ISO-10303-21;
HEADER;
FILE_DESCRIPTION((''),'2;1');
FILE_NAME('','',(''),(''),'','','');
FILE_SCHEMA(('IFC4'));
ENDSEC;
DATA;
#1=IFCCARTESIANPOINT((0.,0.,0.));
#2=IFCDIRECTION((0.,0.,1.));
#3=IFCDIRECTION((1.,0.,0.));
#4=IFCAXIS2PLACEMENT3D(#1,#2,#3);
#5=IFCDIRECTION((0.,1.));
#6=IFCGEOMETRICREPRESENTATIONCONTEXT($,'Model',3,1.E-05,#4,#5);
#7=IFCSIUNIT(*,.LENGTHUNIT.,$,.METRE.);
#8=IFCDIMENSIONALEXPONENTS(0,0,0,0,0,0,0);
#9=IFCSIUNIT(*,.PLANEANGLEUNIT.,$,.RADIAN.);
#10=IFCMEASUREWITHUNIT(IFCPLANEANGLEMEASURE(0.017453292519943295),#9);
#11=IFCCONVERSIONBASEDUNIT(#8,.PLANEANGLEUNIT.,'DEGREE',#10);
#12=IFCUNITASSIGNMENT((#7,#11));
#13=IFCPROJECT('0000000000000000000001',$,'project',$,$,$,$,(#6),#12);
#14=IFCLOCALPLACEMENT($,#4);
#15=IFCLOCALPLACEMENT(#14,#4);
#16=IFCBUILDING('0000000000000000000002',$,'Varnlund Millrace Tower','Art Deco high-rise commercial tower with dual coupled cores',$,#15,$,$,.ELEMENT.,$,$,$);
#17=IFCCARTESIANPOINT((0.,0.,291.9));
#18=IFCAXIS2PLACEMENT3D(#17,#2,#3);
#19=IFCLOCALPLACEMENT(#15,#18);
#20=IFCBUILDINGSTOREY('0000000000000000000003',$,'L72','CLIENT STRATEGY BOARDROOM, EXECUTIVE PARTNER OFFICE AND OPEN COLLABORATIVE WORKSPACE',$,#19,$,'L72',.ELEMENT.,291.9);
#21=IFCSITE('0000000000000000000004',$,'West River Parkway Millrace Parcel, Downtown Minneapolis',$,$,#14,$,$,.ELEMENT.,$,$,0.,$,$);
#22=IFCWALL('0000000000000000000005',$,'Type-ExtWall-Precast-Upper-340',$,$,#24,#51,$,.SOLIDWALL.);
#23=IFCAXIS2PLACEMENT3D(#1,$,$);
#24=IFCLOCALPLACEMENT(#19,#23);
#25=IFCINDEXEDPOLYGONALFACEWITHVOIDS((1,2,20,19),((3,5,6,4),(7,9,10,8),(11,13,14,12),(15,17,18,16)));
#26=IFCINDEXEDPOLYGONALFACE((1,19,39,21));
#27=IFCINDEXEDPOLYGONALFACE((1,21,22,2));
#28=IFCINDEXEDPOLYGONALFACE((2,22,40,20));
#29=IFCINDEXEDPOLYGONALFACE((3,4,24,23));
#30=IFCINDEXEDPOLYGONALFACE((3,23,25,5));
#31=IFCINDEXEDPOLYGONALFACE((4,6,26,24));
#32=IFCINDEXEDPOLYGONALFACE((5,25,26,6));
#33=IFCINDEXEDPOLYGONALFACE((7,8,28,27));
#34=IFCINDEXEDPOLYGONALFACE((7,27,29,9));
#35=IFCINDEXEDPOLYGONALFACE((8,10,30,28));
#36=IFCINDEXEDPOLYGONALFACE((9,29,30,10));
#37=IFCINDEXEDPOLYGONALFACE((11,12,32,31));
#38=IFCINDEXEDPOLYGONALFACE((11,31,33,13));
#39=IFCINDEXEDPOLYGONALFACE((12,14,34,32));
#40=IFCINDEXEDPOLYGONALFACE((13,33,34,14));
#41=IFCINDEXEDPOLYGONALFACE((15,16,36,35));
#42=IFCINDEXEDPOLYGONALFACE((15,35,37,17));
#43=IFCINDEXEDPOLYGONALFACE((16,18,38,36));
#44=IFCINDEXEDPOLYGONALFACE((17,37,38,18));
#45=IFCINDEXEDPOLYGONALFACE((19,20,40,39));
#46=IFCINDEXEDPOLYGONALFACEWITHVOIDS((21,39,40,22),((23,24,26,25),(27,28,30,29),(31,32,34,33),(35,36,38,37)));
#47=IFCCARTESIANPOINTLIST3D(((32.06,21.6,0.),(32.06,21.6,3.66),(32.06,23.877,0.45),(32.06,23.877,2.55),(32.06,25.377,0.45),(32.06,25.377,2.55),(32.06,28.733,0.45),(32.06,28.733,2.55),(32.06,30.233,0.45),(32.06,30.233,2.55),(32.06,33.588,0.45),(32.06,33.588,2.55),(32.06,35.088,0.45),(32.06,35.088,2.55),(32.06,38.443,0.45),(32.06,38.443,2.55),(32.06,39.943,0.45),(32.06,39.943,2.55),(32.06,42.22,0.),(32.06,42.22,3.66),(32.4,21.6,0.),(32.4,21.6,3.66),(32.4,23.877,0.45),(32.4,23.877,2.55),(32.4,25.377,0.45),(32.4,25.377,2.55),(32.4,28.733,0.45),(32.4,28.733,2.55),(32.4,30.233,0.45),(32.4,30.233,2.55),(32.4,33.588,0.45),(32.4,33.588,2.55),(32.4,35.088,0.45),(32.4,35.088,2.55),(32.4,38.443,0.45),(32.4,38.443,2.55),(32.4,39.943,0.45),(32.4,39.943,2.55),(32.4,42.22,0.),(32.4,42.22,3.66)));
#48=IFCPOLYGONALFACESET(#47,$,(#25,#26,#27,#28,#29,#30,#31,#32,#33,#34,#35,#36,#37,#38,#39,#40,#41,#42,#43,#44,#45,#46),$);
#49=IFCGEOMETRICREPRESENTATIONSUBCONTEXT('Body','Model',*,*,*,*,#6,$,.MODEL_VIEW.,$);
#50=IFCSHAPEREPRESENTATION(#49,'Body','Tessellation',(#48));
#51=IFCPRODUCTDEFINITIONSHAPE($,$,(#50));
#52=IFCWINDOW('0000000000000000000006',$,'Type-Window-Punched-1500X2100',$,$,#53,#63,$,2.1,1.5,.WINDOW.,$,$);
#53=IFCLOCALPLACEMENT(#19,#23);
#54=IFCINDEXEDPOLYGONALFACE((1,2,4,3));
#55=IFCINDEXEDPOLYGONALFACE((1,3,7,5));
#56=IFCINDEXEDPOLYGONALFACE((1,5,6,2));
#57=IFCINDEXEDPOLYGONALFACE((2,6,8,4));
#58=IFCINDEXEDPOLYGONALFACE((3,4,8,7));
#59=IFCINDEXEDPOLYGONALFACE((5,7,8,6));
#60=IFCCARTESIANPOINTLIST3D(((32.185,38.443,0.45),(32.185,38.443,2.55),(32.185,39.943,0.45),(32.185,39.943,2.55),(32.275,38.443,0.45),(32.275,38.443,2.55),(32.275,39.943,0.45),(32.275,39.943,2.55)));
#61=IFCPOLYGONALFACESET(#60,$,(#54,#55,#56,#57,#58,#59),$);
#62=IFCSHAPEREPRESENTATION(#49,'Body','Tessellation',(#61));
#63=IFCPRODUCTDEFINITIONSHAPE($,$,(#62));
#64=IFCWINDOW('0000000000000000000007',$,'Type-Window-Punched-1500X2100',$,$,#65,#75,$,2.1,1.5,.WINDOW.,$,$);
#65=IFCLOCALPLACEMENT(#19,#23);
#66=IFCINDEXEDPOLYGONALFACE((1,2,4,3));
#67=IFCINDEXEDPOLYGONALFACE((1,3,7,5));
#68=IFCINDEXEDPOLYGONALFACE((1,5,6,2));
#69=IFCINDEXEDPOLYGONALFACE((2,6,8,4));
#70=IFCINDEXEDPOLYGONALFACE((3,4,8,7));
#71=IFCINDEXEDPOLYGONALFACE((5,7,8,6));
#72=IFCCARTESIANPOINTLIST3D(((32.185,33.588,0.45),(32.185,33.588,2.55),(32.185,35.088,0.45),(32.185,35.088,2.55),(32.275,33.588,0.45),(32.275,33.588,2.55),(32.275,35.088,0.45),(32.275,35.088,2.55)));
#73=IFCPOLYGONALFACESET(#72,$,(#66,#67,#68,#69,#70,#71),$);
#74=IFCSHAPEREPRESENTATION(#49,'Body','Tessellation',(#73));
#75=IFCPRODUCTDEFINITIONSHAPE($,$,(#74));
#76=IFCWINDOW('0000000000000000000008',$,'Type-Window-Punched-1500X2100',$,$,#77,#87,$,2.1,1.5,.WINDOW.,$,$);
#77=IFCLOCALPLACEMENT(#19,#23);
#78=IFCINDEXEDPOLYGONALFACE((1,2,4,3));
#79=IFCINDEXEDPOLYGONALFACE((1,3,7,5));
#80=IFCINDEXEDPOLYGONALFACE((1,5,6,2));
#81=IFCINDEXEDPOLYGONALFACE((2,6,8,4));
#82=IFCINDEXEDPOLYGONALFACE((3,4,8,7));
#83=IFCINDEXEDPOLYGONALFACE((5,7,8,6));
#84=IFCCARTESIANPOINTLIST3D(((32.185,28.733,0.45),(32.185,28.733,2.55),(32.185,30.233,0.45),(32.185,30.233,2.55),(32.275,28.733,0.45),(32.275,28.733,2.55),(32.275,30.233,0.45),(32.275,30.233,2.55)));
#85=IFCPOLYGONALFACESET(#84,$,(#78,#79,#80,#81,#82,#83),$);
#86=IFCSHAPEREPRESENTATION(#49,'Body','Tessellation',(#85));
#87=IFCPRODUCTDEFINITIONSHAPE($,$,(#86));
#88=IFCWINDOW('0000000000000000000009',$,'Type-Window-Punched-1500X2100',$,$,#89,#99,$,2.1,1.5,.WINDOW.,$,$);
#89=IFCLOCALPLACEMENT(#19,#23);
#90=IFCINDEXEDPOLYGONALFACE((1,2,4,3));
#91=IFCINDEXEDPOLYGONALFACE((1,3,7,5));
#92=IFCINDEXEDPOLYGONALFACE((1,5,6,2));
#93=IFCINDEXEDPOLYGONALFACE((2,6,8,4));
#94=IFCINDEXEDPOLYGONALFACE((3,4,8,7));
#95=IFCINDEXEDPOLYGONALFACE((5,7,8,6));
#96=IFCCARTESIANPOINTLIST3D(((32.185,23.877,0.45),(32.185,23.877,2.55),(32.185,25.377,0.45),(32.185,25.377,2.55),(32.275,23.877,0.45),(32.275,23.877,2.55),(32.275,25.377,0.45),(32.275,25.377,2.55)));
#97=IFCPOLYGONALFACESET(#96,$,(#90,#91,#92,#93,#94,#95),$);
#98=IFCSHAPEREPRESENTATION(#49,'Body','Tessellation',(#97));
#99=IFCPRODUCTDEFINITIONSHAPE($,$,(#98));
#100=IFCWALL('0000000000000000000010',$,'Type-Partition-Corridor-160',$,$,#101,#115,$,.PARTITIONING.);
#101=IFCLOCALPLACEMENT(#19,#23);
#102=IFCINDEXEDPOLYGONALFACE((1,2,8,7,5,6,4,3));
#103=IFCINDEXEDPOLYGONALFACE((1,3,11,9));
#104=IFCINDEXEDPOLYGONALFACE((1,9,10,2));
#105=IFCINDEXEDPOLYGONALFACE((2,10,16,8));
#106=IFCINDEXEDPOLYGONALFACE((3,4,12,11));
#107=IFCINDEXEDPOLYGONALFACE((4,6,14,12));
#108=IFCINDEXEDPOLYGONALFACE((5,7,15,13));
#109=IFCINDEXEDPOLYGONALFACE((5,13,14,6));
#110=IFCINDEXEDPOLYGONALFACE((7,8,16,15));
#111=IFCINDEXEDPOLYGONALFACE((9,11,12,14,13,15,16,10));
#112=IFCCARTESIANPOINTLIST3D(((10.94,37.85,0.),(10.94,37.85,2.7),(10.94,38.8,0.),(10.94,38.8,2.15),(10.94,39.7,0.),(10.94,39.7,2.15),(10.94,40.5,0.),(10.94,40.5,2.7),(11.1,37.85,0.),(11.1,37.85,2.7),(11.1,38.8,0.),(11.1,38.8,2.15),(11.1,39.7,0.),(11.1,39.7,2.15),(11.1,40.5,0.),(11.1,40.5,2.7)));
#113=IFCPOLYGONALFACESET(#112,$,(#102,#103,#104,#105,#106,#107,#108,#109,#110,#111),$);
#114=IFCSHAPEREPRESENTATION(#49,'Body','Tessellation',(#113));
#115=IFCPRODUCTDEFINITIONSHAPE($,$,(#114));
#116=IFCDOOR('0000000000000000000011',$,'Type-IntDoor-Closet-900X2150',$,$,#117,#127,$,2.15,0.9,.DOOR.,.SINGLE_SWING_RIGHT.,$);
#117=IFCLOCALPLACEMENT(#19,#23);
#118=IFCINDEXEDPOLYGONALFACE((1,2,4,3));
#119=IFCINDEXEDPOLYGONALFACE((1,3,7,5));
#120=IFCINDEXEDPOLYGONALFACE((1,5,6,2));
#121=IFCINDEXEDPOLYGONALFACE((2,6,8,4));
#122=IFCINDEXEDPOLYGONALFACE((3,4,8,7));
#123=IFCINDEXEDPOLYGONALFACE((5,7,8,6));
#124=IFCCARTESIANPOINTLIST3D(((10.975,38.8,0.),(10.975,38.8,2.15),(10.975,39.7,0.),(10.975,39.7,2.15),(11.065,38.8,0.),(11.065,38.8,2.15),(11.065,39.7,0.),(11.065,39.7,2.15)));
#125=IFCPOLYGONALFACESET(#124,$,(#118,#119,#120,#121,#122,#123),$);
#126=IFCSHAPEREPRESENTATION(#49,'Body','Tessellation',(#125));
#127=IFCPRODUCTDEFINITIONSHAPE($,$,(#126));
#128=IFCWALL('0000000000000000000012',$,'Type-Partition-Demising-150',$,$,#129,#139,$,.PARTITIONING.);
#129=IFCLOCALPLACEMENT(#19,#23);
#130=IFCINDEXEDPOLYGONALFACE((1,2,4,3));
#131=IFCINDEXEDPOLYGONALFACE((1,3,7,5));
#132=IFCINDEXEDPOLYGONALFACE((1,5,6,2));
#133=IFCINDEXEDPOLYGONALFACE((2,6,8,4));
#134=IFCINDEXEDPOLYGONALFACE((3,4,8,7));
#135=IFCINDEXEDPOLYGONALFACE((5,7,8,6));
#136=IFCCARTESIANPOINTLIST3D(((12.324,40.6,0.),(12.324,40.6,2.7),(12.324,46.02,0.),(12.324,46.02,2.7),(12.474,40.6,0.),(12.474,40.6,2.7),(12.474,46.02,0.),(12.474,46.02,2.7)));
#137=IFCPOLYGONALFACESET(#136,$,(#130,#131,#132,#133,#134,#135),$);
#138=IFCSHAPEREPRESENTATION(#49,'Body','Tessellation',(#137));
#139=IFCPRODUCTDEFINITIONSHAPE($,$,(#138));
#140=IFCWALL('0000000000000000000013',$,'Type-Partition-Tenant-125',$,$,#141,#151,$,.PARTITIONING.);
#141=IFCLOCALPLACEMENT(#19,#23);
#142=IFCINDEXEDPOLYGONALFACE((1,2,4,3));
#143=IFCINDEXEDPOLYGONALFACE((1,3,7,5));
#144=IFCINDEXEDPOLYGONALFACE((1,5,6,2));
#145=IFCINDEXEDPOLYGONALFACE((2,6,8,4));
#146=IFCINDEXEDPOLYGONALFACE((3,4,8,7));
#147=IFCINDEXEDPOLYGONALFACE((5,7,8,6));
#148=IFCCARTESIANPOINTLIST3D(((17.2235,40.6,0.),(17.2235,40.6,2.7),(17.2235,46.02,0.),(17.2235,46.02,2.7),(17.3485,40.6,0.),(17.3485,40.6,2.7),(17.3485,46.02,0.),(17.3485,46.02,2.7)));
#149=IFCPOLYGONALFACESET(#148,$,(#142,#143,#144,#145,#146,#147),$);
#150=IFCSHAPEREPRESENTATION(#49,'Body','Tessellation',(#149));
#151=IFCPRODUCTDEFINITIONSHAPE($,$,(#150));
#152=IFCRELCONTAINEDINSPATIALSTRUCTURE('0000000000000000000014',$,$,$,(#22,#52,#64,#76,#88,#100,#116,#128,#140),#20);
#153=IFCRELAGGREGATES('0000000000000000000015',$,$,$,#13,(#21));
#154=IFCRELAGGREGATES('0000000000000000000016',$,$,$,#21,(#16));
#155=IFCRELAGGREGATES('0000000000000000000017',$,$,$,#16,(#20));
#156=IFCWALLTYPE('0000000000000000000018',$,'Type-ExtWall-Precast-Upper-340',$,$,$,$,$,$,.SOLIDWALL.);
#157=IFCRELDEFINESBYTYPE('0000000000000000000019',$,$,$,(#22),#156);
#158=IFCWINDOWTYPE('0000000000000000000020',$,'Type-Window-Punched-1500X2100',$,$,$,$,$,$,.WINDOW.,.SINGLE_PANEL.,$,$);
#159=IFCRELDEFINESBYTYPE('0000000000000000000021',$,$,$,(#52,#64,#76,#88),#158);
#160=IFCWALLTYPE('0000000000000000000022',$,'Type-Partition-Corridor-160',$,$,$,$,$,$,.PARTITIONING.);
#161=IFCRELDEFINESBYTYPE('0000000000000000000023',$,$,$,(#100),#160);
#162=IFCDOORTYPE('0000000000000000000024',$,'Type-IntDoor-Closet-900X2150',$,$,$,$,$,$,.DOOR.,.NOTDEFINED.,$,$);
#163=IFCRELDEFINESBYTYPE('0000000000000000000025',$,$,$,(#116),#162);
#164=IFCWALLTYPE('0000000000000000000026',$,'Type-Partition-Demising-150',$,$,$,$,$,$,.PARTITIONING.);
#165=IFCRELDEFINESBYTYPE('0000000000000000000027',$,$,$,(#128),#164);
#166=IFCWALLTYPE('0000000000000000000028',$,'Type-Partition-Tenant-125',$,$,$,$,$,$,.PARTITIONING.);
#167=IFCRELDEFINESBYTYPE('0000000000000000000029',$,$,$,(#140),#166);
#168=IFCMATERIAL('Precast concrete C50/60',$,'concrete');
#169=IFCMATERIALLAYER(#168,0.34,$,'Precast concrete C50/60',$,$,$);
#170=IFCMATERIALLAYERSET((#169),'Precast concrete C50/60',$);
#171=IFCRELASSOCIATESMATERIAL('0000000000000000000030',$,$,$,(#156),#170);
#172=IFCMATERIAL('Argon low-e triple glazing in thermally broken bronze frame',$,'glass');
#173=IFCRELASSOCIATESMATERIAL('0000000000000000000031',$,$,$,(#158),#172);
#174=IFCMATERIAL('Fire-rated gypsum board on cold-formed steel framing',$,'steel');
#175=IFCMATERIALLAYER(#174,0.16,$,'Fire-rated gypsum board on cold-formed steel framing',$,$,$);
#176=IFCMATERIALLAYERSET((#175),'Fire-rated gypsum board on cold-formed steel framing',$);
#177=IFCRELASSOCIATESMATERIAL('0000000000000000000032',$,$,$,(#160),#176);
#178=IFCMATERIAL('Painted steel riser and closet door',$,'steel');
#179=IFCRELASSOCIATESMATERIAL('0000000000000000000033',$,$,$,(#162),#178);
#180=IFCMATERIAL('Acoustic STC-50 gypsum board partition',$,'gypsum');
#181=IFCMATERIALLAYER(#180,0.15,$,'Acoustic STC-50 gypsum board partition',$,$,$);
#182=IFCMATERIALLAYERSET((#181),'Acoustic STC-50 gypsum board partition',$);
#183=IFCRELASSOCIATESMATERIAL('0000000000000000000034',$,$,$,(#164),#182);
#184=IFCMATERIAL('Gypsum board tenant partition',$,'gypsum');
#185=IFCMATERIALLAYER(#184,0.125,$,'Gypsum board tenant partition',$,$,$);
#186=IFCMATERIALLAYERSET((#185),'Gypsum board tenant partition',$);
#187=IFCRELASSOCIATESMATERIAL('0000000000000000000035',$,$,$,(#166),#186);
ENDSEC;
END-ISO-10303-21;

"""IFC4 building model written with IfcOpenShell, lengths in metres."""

from ifc_helpers import new_model, entity, si_unit, converted_unit, direction, frame, origin_with_axes, origin_2d_with_axis, place, context, subcontext, project, spatial, polyline, rectangle, outline, extrude, material, layer, layer_set, type_object, element, fill, save


model = new_model("IFC4")

# Units and contexts
model_context = context("Model", 3, precision=1e-05, world=origin_with_axes(), true_north=direction((0.0, 1.0)))
body_context = subcontext(model_context, "Body", "Model", "MODEL_VIEW")
ifc_project = project(units=[si_unit("LENGTHUNIT", "METRE"), converted_unit("PLANEANGLEUNIT", "DEGREE", entity("IfcPlaneAngleMeasure", 0.017453292519943295), si_unit("PLANEANGLEUNIT", "RADIAN"), dimensions=[0, 0, 0, 0, 0, 0, 0])], contexts=[model_context])

# Site, building, storey
site_placement = place(None, origin_with_axes())
site = spatial("IfcSite", under=ifc_project, at=site_placement, Name="West River Parkway Millrace Parcel, Downtown Minneapolis", CompositionType="ELEMENT", RefElevation=0.0)
building_placement = place(site_placement, origin_with_axes())
building = spatial("IfcBuilding", under=site, at=building_placement, Name="Varnlund Millrace Tower", Description="Art Deco high-rise commercial tower with dual coupled cores", CompositionType="ELEMENT")
storey_placement = place(building_placement, frame((0.0, 0.0, 291.9), z_axis=(0.0, 0.0, 1.0), x_axis=(1.0, 0.0, 0.0)))
storey = spatial("IfcBuildingStorey", under=building, at=storey_placement, Name="L72", Description="CLIENT STRATEGY BOARDROOM, EXECUTIVE PARTNER OFFICE AND OPEN COLLABORATIVE WORKSPACE", LongName="L72", CompositionType="ELEMENT", Elevation=291.9)

# Shared definitions
ifc_material_1 = material(Name="Precast concrete C50/60", Category="concrete")
ifc_layer_1 = layer(ifc_material_1, 0.34, Name="Precast concrete C50/60")
ifc_layer_set_1 = layer_set([ifc_layer_1], Name="Precast concrete C50/60")
wall_type_1 = type_object("IfcWallType", Name="Type-ExtWall-Precast-Upper-340", PredefinedType="SOLIDWALL", material=ifc_layer_set_1)

# Shared definitions
ifc_material_2 = material(Name="Argon low-e triple glazing in thermally broken bronze frame", Category="glass")
window_type = type_object("IfcWindowType", Name="Type-Window-Punched-1500X2100", PartitioningType="SINGLE_PANEL", PredefinedType="WINDOW", material=ifc_material_2)

# Wall, openings, windows
wall_1_placement = place(storey_placement, frame((32.23, 42.22, 0.0), z_axis=(0.0, 0.0, 1.0), x_axis=(0.0, -1.0, 0.0)))
wall_1 = element("IfcWall", 1, at=wall_1_placement, inside=storey, type_object=wall_type_1, Name="Type-ExtWall-Precast-Upper-340", PredefinedType="SOLIDWALL", context=body_context, shape_type="SweptSolid", body=[
    extrude(outline(polyline([(0.0, -0.17), (20.62, -0.17), (20.62, 0.17), (0.0, 0.17), (0.0, -0.17)])), origin_with_axes(), (0.0, 0.0, 1.0), 3.66),
])
opening_1_placement = place(wall_1_placement, frame((3.027, 0.0, 0.45), z_axis=(0.0, 0.0, 1.0), x_axis=(1.0, 0.0, 0.0)))
opening_1 = element("IfcOpeningElement", 2, at=opening_1_placement, cuts=wall_1, PredefinedType="OPENING", context=body_context, shape_type="SweptSolid", body=[
    extrude(rectangle(XDim=1.5, YDim=0.36, at=origin_2d_with_axis()), origin_with_axes(), (0.0, 0.0, 1.0), 2.1),
])
opening_2_placement = place(wall_1_placement, frame((7.882, 0.0, 0.45), z_axis=(0.0, 0.0, 1.0), x_axis=(1.0, 0.0, 0.0)))
opening_2 = element("IfcOpeningElement", 3, at=opening_2_placement, cuts=wall_1, PredefinedType="OPENING", context=body_context, shape_type="SweptSolid", body=[
    extrude(rectangle(XDim=1.5, YDim=0.36, at=origin_2d_with_axis()), origin_with_axes(), (0.0, 0.0, 1.0), 2.1),
])
opening_3_placement = place(wall_1_placement, frame((12.737, 0.0, 0.45), z_axis=(0.0, 0.0, 1.0), x_axis=(1.0, 0.0, 0.0)))
opening_3 = element("IfcOpeningElement", 4, at=opening_3_placement, cuts=wall_1, PredefinedType="OPENING", context=body_context, shape_type="SweptSolid", body=[
    extrude(rectangle(XDim=1.5, YDim=0.36, at=origin_2d_with_axis()), origin_with_axes(), (0.0, 0.0, 1.0), 2.1),
])
opening_4_placement = place(wall_1_placement, frame((17.593, 0.0, 0.45), z_axis=(0.0, 0.0, 1.0), x_axis=(1.0, 0.0, 0.0)))
opening_4 = element("IfcOpeningElement", 5, at=opening_4_placement, cuts=wall_1, PredefinedType="OPENING", context=body_context, shape_type="SweptSolid", body=[
    extrude(rectangle(XDim=1.5, YDim=0.36, at=origin_2d_with_axis()), origin_with_axes(), (0.0, 0.0, 1.0), 2.1),
])
window_1_placement = place(wall_1_placement, frame((3.027, 0.0, 0.45), z_axis=(0.0, 0.0, 1.0), x_axis=(1.0, 0.0, 0.0)))
window_1 = element("IfcWindow", 6, at=window_1_placement, inside=storey, type_object=window_type, Name="Type-Window-Punched-1500X2100", OverallHeight=2.1, OverallWidth=1.5, PredefinedType="WINDOW", context=body_context, shape_type="SweptSolid", body=[
    extrude(rectangle(XDim=1.5, YDim=0.09, at=origin_2d_with_axis()), origin_with_axes(), (0.0, 0.0, 1.0), 2.1),
])
fill(opening_1, window_1)
window_2_placement = place(wall_1_placement, frame((7.882, 0.0, 0.45), z_axis=(0.0, 0.0, 1.0), x_axis=(1.0, 0.0, 0.0)))
window_2 = element("IfcWindow", 7, at=window_2_placement, inside=storey, type_object=window_type, Name="Type-Window-Punched-1500X2100", OverallHeight=2.1, OverallWidth=1.5, PredefinedType="WINDOW", context=body_context, shape_type="SweptSolid", body=[
    extrude(rectangle(XDim=1.5, YDim=0.09, at=origin_2d_with_axis()), origin_with_axes(), (0.0, 0.0, 1.0), 2.1),
])
fill(opening_2, window_2)
window_3_placement = place(wall_1_placement, frame((12.737, 0.0, 0.45), z_axis=(0.0, 0.0, 1.0), x_axis=(1.0, 0.0, 0.0)))
window_3 = element("IfcWindow", 8, at=window_3_placement, inside=storey, type_object=window_type, Name="Type-Window-Punched-1500X2100", OverallHeight=2.1, OverallWidth=1.5, PredefinedType="WINDOW", context=body_context, shape_type="SweptSolid", body=[
    extrude(rectangle(XDim=1.5, YDim=0.09, at=origin_2d_with_axis()), origin_with_axes(), (0.0, 0.0, 1.0), 2.1),
])
fill(opening_3, window_3)
window_4_placement = place(wall_1_placement, frame((17.593, 0.0, 0.45), z_axis=(0.0, 0.0, 1.0), x_axis=(1.0, 0.0, 0.0)))
window_4 = element("IfcWindow", 9, at=window_4_placement, inside=storey, type_object=window_type, Name="Type-Window-Punched-1500X2100", OverallHeight=2.1, OverallWidth=1.5, PredefinedType="WINDOW", context=body_context, shape_type="SweptSolid", body=[
    extrude(rectangle(XDim=1.5, YDim=0.09, at=origin_2d_with_axis()), origin_with_axes(), (0.0, 0.0, 1.0), 2.1),
])
fill(opening_4, window_4)

# Shared definitions
ifc_material_3 = material(Name="Fire-rated gypsum board on cold-formed steel framing", Category="steel")
ifc_layer_2 = layer(ifc_material_3, 0.16, Name="Fire-rated gypsum board on cold-formed steel framing")
ifc_layer_set_2 = layer_set([ifc_layer_2], Name="Fire-rated gypsum board on cold-formed steel framing")
wall_type_2 = type_object("IfcWallType", Name="Type-Partition-Corridor-160", PredefinedType="PARTITIONING", material=ifc_layer_set_2)

# Wall, opening, door
wall_2_placement = place(storey_placement, frame((11.02, 37.85, 0.0), z_axis=(0.0, 0.0, 1.0), x_axis=(0.0, 1.0, 0.0)))
wall_2 = element("IfcWall", 10, at=wall_2_placement, inside=storey, type_object=wall_type_2, Name="Type-Partition-Corridor-160", PredefinedType="PARTITIONING", context=body_context, shape_type="SweptSolid", body=[
    extrude(outline(polyline([(0.0, -0.08), (2.65, -0.08), (2.65, 0.08), (0.0, 0.08), (0.0, -0.08)])), origin_with_axes(), (0.0, 0.0, 1.0), 2.7),
])
opening_5_placement = place(wall_2_placement, frame((1.4, 0.0, 0.0), z_axis=(0.0, 0.0, 1.0), x_axis=(1.0, 0.0, 0.0)))
opening_5 = element("IfcOpeningElement", 11, at=opening_5_placement, cuts=wall_2, PredefinedType="OPENING", context=body_context, shape_type="SweptSolid", body=[
    extrude(rectangle(XDim=0.9, YDim=0.18, at=origin_2d_with_axis()), origin_with_axes(), (0.0, 0.0, 1.0), 2.15),
])
ifc_material_4 = material(Name="Painted steel riser and closet door", Category="steel")
door_type_1 = type_object("IfcDoorType", Name="Type-IntDoor-Closet-900X2150", OperationType="NOTDEFINED", PredefinedType="DOOR", material=ifc_material_4)
door_1_placement = place(wall_2_placement, frame((1.4, 0.0, 0.0), z_axis=(0.0, 0.0, 1.0), x_axis=(1.0, 0.0, 0.0)))
door_1 = element("IfcDoor", 12, at=door_1_placement, inside=storey, type_object=door_type_1, Name="Type-IntDoor-Closet-900X2150", OperationType="SINGLE_SWING_RIGHT", OverallHeight=2.15, OverallWidth=0.9, PredefinedType="DOOR", context=body_context, shape_type="SweptSolid", body=[
    extrude(rectangle(XDim=0.9, YDim=0.09, at=origin_2d_with_axis()), origin_with_axes(), (0.0, 0.0, 1.0), 2.15),
])
fill(opening_5, door_1)

# Walls
ifc_material_5 = material(Name="Acoustic STC-50 gypsum board partition", Category="gypsum")
ifc_layer_3 = layer(ifc_material_5, 0.15, Name="Acoustic STC-50 gypsum board partition")
ifc_layer_set_3 = layer_set([ifc_layer_3], Name="Acoustic STC-50 gypsum board partition")
wall_type_3 = type_object("IfcWallType", Name="Type-Partition-Demising-150", PredefinedType="PARTITIONING", material=ifc_layer_set_3)
wall_3_placement = place(storey_placement, frame((12.399, 40.6, 0.0), z_axis=(0.0, 0.0, 1.0), x_axis=(0.0, 1.0, 0.0)))
element("IfcWall", 13, at=wall_3_placement, inside=storey, type_object=wall_type_3, Name="Type-Partition-Demising-150", PredefinedType="PARTITIONING", context=body_context, shape_type="SweptSolid", body=[
    extrude(outline(polyline([(0.0, -0.075), (5.42, -0.075), (5.42, 0.075), (0.0, 0.075), (0.0, -0.075)])), origin_with_axes(), (0.0, 0.0, 1.0), 2.7),
])
ifc_material_6 = material(Name="Gypsum board tenant partition", Category="gypsum")
ifc_layer_4 = layer(ifc_material_6, 0.125, Name="Gypsum board tenant partition")
ifc_layer_set_4 = layer_set([ifc_layer_4], Name="Gypsum board tenant partition")
wall_type_4 = type_object("IfcWallType", Name="Type-Partition-Tenant-125", PredefinedType="PARTITIONING", material=ifc_layer_set_4)
wall_4_placement = place(storey_placement, frame((17.286, 40.6, 0.0), z_axis=(0.0, 0.0, 1.0), x_axis=(0.0, 1.0, 0.0)))
element("IfcWall", 14, at=wall_4_placement, inside=storey, type_object=wall_type_4, Name="Type-Partition-Tenant-125", PredefinedType="PARTITIONING", context=body_context, shape_type="SweptSolid", body=[
    extrude(outline(polyline([(0.0, -0.0625), (5.42, -0.0625), (5.42, 0.0625), (0.0, 0.0625), (0.0, -0.0625)])), origin_with_axes(), (0.0, 0.0, 1.0), 2.7),
])

save(model, "model.ifc")
